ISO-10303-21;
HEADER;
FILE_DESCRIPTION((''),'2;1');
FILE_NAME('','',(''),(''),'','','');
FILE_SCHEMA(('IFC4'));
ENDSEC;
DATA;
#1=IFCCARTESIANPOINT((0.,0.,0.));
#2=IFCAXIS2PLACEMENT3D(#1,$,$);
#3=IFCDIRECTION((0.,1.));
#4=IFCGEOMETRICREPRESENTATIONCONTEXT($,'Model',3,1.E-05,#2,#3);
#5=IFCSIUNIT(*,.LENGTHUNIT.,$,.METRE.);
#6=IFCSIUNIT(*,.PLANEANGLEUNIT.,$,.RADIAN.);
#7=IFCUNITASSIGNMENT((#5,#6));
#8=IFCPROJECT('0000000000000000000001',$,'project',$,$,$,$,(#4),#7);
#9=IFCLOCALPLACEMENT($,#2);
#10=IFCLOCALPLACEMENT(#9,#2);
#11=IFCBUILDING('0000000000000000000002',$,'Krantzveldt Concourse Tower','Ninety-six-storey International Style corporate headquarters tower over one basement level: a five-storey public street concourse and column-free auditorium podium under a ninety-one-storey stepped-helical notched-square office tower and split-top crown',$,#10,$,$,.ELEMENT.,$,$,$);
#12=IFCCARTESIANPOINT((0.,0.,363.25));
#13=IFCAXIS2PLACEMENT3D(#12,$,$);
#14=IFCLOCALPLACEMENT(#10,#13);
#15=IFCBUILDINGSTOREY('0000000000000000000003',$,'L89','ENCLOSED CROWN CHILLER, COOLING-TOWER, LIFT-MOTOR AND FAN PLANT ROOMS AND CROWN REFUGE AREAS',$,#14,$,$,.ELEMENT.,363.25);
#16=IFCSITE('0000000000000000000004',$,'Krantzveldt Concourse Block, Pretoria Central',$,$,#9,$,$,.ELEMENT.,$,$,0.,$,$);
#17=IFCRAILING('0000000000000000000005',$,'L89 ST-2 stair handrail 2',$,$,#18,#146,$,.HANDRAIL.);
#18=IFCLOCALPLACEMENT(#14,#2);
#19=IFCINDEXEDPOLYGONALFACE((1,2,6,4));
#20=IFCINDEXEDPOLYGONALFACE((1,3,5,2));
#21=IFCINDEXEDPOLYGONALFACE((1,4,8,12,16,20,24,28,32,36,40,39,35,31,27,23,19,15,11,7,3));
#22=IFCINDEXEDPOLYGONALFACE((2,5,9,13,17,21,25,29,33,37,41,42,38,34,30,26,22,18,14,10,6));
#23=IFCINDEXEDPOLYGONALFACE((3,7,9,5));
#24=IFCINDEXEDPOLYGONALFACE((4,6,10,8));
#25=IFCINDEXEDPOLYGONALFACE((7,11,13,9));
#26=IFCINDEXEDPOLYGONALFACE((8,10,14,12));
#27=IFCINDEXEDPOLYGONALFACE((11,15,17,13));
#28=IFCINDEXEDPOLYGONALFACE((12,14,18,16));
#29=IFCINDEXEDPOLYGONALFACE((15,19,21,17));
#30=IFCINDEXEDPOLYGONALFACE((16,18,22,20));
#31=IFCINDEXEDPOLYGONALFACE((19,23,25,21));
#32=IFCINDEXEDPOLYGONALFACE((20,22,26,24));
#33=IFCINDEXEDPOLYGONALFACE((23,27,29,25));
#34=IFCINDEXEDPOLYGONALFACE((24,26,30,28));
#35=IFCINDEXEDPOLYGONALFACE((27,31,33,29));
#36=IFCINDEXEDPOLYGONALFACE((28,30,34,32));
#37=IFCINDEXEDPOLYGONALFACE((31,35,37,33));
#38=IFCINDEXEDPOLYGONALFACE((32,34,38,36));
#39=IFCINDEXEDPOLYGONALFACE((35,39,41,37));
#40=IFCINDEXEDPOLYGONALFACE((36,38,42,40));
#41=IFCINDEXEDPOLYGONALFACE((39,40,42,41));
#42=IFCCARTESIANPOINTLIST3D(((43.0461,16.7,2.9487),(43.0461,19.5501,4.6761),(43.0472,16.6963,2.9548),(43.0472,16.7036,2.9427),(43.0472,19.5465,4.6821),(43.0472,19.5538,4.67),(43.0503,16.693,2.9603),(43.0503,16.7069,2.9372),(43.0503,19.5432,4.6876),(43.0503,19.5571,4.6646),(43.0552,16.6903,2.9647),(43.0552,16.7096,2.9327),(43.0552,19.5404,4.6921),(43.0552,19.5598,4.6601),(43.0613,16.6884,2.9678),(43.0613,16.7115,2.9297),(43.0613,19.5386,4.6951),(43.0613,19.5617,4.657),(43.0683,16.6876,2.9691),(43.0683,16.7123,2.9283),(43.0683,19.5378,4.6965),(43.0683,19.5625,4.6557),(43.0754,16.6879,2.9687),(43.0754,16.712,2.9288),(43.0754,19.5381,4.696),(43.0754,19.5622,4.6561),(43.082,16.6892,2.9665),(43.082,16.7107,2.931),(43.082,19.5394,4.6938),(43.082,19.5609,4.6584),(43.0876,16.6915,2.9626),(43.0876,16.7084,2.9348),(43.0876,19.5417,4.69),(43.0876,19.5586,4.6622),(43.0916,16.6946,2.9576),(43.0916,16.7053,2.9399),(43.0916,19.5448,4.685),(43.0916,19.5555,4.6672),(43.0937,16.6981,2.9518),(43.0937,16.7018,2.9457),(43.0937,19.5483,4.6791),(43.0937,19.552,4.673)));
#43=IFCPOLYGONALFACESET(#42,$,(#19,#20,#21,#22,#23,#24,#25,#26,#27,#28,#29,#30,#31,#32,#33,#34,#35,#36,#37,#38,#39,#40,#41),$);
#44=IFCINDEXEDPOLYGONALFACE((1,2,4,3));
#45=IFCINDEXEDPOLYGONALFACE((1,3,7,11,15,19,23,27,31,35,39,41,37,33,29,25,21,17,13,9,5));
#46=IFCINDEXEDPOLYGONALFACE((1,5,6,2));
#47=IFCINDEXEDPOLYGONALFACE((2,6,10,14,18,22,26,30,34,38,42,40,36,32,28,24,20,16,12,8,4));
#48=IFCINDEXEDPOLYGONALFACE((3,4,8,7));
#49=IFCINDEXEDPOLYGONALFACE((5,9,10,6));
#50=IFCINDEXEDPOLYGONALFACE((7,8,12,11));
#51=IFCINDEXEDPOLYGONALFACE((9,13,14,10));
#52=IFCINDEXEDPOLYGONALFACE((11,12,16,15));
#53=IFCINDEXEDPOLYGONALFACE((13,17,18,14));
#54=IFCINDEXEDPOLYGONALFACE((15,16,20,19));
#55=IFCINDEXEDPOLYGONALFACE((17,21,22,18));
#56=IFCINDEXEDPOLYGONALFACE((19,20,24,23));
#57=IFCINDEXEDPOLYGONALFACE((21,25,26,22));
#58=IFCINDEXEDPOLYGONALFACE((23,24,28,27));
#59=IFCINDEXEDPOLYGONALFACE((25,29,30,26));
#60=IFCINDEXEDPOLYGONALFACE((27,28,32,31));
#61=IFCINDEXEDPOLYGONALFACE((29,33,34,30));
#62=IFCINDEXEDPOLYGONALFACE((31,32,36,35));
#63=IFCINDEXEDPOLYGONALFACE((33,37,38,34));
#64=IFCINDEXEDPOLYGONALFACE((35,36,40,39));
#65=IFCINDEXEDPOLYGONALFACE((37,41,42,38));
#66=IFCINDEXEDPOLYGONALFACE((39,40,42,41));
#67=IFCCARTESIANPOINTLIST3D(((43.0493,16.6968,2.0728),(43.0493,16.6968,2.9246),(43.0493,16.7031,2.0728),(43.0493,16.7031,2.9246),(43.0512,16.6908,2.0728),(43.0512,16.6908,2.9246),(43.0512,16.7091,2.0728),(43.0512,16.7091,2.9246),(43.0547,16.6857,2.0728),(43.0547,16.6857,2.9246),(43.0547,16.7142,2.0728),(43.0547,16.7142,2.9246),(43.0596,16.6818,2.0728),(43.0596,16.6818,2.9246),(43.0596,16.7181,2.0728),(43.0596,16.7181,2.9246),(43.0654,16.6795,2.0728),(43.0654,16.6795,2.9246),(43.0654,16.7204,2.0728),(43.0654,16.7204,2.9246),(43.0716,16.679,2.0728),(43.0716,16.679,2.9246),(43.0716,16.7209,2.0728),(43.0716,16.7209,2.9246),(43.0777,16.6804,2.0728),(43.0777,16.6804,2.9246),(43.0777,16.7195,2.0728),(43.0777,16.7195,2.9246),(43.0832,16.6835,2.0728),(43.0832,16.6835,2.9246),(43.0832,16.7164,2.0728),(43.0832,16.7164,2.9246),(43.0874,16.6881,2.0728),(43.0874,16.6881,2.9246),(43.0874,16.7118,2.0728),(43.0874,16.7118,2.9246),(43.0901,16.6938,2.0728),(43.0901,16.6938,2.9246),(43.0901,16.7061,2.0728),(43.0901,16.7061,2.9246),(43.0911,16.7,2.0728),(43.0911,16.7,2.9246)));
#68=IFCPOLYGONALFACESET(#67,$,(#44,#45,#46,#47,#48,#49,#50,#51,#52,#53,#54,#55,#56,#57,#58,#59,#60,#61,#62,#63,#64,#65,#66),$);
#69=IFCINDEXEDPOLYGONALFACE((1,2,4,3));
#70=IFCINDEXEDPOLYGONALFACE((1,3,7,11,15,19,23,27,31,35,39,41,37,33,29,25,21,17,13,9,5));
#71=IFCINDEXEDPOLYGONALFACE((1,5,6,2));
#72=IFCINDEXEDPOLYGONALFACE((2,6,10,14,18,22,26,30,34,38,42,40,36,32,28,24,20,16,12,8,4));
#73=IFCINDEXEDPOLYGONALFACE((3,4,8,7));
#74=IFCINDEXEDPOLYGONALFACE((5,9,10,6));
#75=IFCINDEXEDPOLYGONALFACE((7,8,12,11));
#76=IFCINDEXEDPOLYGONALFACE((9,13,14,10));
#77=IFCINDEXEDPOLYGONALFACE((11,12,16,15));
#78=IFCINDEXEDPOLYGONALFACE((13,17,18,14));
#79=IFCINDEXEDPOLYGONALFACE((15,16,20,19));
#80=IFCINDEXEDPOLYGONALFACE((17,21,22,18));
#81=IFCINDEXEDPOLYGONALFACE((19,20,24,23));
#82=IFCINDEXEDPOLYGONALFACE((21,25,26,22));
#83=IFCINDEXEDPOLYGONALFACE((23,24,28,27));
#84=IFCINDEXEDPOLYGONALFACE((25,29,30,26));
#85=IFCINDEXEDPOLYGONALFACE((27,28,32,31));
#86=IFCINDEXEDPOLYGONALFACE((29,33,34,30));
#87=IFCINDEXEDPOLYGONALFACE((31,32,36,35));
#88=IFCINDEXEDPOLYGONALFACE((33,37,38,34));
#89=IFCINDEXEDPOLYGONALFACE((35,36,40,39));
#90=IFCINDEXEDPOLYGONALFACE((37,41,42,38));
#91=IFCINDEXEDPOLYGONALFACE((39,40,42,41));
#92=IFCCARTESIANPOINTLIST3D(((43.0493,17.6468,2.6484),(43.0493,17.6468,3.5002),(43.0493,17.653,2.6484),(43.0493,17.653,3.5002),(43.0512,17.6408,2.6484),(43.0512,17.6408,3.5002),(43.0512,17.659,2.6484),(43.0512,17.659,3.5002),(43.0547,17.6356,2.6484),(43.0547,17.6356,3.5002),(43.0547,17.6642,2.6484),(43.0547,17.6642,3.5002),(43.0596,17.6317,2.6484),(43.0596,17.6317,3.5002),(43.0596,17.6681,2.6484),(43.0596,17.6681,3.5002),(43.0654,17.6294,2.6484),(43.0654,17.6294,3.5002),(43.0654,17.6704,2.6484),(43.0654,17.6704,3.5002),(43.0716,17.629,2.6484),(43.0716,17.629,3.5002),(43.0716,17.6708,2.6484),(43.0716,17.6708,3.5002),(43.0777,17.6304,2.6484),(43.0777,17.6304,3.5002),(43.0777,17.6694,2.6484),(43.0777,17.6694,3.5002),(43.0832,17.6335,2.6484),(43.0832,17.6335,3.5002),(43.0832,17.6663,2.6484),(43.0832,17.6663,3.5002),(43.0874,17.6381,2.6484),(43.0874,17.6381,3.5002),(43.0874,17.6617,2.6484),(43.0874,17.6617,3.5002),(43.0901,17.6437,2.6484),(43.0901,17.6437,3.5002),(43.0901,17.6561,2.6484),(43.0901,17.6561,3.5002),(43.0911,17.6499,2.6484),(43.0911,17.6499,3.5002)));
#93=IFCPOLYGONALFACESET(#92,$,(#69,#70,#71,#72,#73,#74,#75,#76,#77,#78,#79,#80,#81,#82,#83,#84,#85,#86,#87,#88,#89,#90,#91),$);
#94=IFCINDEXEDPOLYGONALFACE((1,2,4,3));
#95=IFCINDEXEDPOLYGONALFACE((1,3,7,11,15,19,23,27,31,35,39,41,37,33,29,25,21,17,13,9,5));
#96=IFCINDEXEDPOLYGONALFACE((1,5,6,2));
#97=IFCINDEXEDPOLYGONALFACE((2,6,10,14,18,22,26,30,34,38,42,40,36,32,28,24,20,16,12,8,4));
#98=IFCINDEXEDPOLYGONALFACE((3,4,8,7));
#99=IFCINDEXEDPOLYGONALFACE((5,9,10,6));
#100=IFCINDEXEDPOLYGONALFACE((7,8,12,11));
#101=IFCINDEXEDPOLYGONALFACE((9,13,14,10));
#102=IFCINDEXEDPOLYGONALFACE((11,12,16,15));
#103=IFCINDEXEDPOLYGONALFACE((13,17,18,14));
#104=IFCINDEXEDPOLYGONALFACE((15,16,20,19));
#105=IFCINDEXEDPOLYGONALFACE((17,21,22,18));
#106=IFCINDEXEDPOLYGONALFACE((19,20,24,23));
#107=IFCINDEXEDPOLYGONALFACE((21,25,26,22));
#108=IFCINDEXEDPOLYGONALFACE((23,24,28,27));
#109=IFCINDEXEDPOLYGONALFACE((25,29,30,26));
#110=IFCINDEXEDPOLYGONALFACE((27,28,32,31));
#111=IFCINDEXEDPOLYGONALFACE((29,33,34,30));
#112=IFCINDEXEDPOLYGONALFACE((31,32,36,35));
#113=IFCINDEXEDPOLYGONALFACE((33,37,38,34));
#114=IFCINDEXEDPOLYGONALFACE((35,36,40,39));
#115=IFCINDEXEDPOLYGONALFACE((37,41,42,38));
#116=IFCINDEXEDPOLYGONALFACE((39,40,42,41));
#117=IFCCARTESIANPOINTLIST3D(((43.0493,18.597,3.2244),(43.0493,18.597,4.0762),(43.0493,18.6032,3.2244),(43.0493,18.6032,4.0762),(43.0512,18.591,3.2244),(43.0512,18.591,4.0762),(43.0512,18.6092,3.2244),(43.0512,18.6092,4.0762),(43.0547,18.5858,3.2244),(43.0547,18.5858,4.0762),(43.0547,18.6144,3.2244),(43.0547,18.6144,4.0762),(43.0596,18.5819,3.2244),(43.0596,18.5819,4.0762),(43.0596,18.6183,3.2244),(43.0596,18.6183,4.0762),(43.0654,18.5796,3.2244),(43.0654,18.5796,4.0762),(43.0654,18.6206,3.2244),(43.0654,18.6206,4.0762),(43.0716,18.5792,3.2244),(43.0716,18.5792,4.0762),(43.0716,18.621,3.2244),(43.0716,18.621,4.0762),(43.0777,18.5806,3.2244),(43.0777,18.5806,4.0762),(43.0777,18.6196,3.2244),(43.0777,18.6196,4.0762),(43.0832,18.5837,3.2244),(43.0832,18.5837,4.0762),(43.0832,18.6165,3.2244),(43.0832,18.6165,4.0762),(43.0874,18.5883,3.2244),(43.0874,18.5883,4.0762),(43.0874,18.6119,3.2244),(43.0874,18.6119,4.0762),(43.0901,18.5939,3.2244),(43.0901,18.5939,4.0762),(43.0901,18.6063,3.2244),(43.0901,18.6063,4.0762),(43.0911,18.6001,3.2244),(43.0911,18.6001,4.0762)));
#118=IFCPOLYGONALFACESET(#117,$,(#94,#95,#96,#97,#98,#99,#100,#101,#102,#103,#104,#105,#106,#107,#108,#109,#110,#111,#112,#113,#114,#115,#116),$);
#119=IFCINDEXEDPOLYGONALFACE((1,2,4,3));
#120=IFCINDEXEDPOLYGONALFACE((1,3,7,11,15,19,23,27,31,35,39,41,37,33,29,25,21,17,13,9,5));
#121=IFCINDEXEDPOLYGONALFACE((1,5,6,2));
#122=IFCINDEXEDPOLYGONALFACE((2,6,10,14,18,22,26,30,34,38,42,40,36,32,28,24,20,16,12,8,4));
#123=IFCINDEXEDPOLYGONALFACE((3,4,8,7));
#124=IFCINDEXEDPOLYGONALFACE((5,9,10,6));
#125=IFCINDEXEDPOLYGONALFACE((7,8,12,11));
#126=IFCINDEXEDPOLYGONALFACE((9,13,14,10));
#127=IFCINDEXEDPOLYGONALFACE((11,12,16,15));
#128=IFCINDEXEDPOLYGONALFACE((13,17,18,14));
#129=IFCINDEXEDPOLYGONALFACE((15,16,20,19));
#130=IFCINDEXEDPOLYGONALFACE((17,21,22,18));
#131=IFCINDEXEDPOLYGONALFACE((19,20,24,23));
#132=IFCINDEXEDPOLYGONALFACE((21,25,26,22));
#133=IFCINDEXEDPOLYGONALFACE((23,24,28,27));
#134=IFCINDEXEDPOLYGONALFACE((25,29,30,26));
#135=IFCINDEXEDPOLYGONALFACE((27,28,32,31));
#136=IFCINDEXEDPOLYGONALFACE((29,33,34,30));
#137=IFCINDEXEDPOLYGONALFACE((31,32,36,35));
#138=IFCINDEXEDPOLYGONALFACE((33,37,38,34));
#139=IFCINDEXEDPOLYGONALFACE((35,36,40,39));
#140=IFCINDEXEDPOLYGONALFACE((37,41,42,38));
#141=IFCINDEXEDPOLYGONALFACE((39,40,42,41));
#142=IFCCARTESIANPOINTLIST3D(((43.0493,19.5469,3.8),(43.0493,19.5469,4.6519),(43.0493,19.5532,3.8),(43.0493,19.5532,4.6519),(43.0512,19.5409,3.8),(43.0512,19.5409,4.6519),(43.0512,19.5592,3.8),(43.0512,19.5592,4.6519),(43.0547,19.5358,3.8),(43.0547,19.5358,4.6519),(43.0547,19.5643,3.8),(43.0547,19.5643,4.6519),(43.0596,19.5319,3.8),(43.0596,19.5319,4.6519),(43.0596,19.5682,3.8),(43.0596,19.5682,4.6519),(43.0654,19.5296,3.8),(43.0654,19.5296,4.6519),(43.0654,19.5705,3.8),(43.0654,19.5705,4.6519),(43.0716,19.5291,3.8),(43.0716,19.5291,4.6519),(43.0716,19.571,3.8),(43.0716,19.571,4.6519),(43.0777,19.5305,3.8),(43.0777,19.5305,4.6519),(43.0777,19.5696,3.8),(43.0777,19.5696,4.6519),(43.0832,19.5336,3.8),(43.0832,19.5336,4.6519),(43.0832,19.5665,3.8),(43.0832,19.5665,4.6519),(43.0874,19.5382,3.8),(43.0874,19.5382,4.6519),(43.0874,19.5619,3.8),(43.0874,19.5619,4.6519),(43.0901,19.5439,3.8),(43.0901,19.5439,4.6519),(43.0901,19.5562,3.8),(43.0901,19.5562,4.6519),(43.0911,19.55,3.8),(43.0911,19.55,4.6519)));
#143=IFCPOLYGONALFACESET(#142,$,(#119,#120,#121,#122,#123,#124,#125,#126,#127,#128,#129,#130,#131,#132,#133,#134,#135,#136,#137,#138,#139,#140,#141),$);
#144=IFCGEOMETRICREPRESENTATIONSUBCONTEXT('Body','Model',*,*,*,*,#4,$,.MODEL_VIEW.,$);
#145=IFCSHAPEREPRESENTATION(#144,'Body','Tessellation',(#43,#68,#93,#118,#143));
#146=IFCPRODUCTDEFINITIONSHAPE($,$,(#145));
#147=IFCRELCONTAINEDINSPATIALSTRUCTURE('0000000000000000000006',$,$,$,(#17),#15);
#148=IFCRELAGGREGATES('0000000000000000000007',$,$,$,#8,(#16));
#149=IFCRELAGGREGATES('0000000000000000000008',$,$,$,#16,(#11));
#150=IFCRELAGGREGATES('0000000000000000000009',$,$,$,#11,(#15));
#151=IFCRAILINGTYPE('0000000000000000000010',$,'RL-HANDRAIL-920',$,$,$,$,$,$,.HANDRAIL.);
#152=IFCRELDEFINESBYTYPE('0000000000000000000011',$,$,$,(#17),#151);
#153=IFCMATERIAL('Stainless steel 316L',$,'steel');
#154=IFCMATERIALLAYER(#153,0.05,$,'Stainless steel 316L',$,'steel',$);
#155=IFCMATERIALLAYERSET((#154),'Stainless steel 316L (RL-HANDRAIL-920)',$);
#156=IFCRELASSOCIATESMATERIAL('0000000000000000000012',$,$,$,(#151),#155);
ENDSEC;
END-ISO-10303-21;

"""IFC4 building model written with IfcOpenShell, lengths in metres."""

from ifc_helpers import new_model, si_unit, direction, frame, origin, origin_2d, place, context, subcontext, project, spatial, circle, extrude, material, layer, layer_set, type_object, element, save


model = new_model("IFC4")

# Units and contexts
model_context = context("Model", 3, precision=1e-05, world=origin(), true_north=direction((0.0, 1.0)))
body_context = subcontext(model_context, "Body", "Model", "MODEL_VIEW")
ifc_project = project(units=[si_unit("LENGTHUNIT", "METRE"), si_unit("PLANEANGLEUNIT", "RADIAN")], contexts=[model_context])

# Site, building, storey
site_placement = place(None, origin())
site = spatial("IfcSite", under=ifc_project, at=site_placement, Name="Krantzveldt Concourse Block, Pretoria Central", CompositionType="ELEMENT", RefElevation=0.0)
building_placement = place(site_placement, origin())
building = spatial("IfcBuilding", under=site, at=building_placement, Name="Krantzveldt Concourse Tower", Description="Ninety-six-storey International Style corporate headquarters tower over one basement level: a five-storey public street concourse and column-free auditorium podium under a ninety-one-storey stepped-helical notched-square office tower and split-top crown", CompositionType="ELEMENT")
storey_placement = place(building_placement, frame((0.0, 0.0, 363.25)))
storey = spatial("IfcBuildingStorey", under=building, at=storey_placement, Name="L89", Description="ENCLOSED CROWN CHILLER, COOLING-TOWER, LIFT-MOTOR AND FAN PLANT ROOMS AND CROWN REFUGE AREAS", CompositionType="ELEMENT", Elevation=363.25)

# Shared definitions
ifc_material_1 = material(Name="Stainless steel 316L", Category="steel")

# Railing
ifc_layer_1 = layer(ifc_material_1, 0.05, Name="Stainless steel 316L", Category="steel")
ifc_layer_set_1 = layer_set([ifc_layer_1], Name="Stainless steel 316L (RL-HANDRAIL-920)")
railing_type_1 = type_object("IfcRailingType", Name="RL-HANDRAIL-920", PredefinedType="HANDRAIL", material=ifc_layer_set_1)
railing_1_placement = place(storey_placement, frame((43.0701, 16.7, 2.0728)))
element("IfcRailing", 1, at=railing_1_placement, inside=storey, type_object=railing_type_1, Name="L89 ST-2 stair handrail 2", PredefinedType="HANDRAIL", context=body_context, shape_type="SweptSolid", body=[
    extrude(circle(Radius=0.0239, at=origin_2d()), frame((0.0, 0.0, 0.876), z_axis=(0.0, 0.855203, 0.518294), x_axis=(-1.0, 0.0, 0.0)), (0.0, 0.0, 1.0), 3.3328),
    extrude(circle(Radius=0.021, at=origin_2d()), origin(), (0.0, 0.0, 1.0), 0.8518),
    extrude(circle(Radius=0.021, at=origin_2d()), frame((0.0, 0.95, 0.5757)), (0.0, 0.0, 1.0), 0.8518),
    extrude(circle(Radius=0.021, at=origin_2d()), frame((0.0, 1.9001, 1.1516)), (0.0, 0.0, 1.0), 0.8518),
    extrude(circle(Radius=0.021, at=origin_2d()), frame((0.0, 2.8501, 1.7273)), (0.0, 0.0, 1.0), 0.8518),
])

save(model, "model.ifc")
